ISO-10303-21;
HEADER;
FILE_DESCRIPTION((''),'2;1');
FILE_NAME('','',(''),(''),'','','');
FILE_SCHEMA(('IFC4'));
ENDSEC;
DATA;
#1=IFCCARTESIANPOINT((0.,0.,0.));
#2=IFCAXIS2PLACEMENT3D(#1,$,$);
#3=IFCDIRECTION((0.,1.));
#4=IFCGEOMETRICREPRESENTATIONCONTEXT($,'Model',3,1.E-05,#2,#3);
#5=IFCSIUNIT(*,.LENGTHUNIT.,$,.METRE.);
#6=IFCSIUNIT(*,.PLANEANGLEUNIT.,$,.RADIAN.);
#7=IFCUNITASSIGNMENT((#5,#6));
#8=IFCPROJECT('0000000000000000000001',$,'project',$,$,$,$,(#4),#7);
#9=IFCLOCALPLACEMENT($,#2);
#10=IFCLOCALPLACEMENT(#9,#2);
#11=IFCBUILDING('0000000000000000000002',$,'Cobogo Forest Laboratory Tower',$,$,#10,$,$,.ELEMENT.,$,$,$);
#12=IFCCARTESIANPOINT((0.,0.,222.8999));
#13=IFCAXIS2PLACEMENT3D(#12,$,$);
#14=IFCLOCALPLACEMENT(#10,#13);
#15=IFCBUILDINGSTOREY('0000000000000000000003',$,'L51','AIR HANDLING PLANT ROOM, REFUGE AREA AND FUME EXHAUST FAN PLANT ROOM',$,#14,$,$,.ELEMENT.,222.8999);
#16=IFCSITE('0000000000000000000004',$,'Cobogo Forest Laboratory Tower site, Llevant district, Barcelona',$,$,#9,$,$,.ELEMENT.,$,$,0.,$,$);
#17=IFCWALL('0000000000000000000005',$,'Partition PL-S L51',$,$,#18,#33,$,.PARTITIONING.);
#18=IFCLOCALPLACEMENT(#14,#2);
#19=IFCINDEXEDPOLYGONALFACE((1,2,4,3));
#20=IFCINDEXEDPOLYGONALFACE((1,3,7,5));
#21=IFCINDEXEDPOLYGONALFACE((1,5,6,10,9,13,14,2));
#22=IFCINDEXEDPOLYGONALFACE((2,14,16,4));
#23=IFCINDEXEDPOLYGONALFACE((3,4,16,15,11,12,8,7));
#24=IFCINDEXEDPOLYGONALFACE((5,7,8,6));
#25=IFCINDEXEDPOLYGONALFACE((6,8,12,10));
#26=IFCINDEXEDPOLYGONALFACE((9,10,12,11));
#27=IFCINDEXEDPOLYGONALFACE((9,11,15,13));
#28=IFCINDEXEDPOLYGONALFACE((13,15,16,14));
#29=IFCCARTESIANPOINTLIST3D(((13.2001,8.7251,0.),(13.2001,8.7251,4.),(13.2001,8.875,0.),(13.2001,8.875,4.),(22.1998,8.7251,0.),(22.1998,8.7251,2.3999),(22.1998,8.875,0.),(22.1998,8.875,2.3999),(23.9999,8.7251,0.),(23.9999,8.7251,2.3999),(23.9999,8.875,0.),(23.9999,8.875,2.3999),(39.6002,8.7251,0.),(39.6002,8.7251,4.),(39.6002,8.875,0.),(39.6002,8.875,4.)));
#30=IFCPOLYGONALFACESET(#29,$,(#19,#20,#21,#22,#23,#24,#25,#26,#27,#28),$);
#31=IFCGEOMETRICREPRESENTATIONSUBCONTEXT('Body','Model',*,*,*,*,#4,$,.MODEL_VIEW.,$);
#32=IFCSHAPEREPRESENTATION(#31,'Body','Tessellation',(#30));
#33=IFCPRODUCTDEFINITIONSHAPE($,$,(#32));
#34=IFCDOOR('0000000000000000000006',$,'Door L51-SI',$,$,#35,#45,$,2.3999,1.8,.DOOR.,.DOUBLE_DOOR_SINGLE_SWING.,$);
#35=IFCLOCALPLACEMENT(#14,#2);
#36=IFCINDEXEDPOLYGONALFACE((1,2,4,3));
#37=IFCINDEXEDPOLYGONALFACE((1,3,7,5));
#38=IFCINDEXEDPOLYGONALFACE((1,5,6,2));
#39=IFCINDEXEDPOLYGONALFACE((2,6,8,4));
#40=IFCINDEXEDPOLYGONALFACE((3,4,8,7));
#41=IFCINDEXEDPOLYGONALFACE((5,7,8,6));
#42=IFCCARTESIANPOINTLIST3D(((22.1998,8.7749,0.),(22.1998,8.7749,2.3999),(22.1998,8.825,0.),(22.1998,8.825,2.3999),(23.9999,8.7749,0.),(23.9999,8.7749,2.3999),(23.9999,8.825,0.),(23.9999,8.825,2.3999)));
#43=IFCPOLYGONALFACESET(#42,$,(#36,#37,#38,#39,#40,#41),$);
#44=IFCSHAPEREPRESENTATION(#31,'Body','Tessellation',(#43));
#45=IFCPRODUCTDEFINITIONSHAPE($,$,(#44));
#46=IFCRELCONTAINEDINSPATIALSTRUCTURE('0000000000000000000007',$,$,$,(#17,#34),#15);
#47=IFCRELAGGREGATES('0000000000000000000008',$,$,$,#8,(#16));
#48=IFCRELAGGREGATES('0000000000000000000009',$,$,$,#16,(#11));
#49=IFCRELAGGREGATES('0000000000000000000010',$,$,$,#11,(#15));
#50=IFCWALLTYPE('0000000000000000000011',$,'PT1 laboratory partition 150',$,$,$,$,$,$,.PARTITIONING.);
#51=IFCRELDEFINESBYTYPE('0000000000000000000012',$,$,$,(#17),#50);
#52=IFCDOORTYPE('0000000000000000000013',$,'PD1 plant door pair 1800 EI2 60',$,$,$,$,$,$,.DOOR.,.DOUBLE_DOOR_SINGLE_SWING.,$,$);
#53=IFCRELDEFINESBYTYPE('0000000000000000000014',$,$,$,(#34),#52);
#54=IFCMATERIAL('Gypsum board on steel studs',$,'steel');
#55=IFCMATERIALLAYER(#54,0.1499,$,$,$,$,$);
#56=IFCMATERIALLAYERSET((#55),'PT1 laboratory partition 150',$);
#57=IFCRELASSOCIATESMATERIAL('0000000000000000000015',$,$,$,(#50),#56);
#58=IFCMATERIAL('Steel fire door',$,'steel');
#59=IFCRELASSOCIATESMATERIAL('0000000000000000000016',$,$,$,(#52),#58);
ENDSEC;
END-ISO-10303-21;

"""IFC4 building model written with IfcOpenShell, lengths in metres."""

from ifc_helpers import new_model, si_unit, direction, frame, frame_2d, origin, place, context, subcontext, project, spatial, rectangle, extrude, material, layer, layer_set, type_object, element, fill, save


model = new_model("IFC4")

# Units and contexts
model_context = context("Model", 3, precision=1e-05, world=origin(), true_north=direction((0.0, 1.0)))
body_context = subcontext(model_context, "Body", "Model", "MODEL_VIEW")
ifc_project = project(units=[si_unit("LENGTHUNIT", "METRE"), si_unit("PLANEANGLEUNIT", "RADIAN")], contexts=[model_context])

# Site, building, storey
site_placement = place(None, origin())
site = spatial("IfcSite", under=ifc_project, at=site_placement, Name="Cobogo Forest Laboratory Tower site, Llevant district, Barcelona", CompositionType="ELEMENT", RefElevation=0.0)
building_placement = place(site_placement, origin())
building = spatial("IfcBuilding", under=site, at=building_placement, Name="Cobogo Forest Laboratory Tower", CompositionType="ELEMENT")
storey_placement = place(building_placement, frame((0.0, 0.0, 222.8999)))
storey = spatial("IfcBuildingStorey", under=building, at=storey_placement, Name="L51", Description="AIR HANDLING PLANT ROOM, REFUGE AREA AND FUME EXHAUST FAN PLANT ROOM", CompositionType="ELEMENT", Elevation=222.8999)

# Wall, opening, door
ifc_material_1 = material(Name="Gypsum board on steel studs", Category="steel")
ifc_layer = layer(ifc_material_1, 0.1499)
ifc_layer_set = layer_set([ifc_layer], Name="PT1 laboratory partition 150")
wall_type = type_object("IfcWallType", Name="PT1 laboratory partition 150", PredefinedType="PARTITIONING", material=ifc_layer_set)
wall_placement = place(storey_placement, frame((13.2, 8.8, 0.0), z_axis=(0.0, 0.0, 1.0), x_axis=(1.0, 0.0, 0.0)))
wall = element("IfcWall", 1, at=wall_placement, inside=storey, type_object=wall_type, Name="Partition PL-S L51", PredefinedType="PARTITIONING", context=body_context, shape_type="SweptSolid", body=[
    extrude(rectangle(XDim=26.4001, YDim=0.1499, at=frame_2d((13.2002, 0.0))), origin(), (0.0, 0.0, 1.0), 4.0),
])
opening_placement = place(wall_placement, frame((9.0, 0.0, 0.0)))
opening = element("IfcOpeningElement", 2, at=opening_placement, cuts=wall, PredefinedType="OPENING", context=body_context, shape_type="SweptSolid", body=[
    extrude(rectangle(XDim=1.8, YDim=2.3999, at=frame_2d((0.8999, 1.2))), frame((0.0, 0.085, 0.0), z_axis=(0.0, -1.0, 0.0), x_axis=(1.0, 0.0, 0.0)), (0.0, 0.0, 1.0), 0.1699),
])
ifc_material_2 = material(Name="Steel fire door", Category="steel")
door_type = type_object("IfcDoorType", Name="PD1 plant door pair 1800 EI2 60", OperationType="DOUBLE_DOOR_SINGLE_SWING", PredefinedType="DOOR", material=ifc_material_2)
door_placement = place(opening_placement, origin())
door = element("IfcDoor", 3, at=door_placement, inside=storey, type_object=door_type, Name="Door L51-SI", OperationType="DOUBLE_DOOR_SINGLE_SWING", OverallHeight=2.3999, OverallWidth=1.8, PredefinedType="DOOR", context=body_context, shape_type="SweptSolid", body=[
    extrude(rectangle(XDim=1.8, YDim=2.3999, at=frame_2d((0.8999, 1.2))), frame((0.0, 0.0249, 0.0), z_axis=(0.0, -1.0, 0.0), x_axis=(1.0, 0.0, 0.0)), (0.0, 0.0, 1.0), 0.05),
])
fill(opening, door)

save(model, "model.ifc")
